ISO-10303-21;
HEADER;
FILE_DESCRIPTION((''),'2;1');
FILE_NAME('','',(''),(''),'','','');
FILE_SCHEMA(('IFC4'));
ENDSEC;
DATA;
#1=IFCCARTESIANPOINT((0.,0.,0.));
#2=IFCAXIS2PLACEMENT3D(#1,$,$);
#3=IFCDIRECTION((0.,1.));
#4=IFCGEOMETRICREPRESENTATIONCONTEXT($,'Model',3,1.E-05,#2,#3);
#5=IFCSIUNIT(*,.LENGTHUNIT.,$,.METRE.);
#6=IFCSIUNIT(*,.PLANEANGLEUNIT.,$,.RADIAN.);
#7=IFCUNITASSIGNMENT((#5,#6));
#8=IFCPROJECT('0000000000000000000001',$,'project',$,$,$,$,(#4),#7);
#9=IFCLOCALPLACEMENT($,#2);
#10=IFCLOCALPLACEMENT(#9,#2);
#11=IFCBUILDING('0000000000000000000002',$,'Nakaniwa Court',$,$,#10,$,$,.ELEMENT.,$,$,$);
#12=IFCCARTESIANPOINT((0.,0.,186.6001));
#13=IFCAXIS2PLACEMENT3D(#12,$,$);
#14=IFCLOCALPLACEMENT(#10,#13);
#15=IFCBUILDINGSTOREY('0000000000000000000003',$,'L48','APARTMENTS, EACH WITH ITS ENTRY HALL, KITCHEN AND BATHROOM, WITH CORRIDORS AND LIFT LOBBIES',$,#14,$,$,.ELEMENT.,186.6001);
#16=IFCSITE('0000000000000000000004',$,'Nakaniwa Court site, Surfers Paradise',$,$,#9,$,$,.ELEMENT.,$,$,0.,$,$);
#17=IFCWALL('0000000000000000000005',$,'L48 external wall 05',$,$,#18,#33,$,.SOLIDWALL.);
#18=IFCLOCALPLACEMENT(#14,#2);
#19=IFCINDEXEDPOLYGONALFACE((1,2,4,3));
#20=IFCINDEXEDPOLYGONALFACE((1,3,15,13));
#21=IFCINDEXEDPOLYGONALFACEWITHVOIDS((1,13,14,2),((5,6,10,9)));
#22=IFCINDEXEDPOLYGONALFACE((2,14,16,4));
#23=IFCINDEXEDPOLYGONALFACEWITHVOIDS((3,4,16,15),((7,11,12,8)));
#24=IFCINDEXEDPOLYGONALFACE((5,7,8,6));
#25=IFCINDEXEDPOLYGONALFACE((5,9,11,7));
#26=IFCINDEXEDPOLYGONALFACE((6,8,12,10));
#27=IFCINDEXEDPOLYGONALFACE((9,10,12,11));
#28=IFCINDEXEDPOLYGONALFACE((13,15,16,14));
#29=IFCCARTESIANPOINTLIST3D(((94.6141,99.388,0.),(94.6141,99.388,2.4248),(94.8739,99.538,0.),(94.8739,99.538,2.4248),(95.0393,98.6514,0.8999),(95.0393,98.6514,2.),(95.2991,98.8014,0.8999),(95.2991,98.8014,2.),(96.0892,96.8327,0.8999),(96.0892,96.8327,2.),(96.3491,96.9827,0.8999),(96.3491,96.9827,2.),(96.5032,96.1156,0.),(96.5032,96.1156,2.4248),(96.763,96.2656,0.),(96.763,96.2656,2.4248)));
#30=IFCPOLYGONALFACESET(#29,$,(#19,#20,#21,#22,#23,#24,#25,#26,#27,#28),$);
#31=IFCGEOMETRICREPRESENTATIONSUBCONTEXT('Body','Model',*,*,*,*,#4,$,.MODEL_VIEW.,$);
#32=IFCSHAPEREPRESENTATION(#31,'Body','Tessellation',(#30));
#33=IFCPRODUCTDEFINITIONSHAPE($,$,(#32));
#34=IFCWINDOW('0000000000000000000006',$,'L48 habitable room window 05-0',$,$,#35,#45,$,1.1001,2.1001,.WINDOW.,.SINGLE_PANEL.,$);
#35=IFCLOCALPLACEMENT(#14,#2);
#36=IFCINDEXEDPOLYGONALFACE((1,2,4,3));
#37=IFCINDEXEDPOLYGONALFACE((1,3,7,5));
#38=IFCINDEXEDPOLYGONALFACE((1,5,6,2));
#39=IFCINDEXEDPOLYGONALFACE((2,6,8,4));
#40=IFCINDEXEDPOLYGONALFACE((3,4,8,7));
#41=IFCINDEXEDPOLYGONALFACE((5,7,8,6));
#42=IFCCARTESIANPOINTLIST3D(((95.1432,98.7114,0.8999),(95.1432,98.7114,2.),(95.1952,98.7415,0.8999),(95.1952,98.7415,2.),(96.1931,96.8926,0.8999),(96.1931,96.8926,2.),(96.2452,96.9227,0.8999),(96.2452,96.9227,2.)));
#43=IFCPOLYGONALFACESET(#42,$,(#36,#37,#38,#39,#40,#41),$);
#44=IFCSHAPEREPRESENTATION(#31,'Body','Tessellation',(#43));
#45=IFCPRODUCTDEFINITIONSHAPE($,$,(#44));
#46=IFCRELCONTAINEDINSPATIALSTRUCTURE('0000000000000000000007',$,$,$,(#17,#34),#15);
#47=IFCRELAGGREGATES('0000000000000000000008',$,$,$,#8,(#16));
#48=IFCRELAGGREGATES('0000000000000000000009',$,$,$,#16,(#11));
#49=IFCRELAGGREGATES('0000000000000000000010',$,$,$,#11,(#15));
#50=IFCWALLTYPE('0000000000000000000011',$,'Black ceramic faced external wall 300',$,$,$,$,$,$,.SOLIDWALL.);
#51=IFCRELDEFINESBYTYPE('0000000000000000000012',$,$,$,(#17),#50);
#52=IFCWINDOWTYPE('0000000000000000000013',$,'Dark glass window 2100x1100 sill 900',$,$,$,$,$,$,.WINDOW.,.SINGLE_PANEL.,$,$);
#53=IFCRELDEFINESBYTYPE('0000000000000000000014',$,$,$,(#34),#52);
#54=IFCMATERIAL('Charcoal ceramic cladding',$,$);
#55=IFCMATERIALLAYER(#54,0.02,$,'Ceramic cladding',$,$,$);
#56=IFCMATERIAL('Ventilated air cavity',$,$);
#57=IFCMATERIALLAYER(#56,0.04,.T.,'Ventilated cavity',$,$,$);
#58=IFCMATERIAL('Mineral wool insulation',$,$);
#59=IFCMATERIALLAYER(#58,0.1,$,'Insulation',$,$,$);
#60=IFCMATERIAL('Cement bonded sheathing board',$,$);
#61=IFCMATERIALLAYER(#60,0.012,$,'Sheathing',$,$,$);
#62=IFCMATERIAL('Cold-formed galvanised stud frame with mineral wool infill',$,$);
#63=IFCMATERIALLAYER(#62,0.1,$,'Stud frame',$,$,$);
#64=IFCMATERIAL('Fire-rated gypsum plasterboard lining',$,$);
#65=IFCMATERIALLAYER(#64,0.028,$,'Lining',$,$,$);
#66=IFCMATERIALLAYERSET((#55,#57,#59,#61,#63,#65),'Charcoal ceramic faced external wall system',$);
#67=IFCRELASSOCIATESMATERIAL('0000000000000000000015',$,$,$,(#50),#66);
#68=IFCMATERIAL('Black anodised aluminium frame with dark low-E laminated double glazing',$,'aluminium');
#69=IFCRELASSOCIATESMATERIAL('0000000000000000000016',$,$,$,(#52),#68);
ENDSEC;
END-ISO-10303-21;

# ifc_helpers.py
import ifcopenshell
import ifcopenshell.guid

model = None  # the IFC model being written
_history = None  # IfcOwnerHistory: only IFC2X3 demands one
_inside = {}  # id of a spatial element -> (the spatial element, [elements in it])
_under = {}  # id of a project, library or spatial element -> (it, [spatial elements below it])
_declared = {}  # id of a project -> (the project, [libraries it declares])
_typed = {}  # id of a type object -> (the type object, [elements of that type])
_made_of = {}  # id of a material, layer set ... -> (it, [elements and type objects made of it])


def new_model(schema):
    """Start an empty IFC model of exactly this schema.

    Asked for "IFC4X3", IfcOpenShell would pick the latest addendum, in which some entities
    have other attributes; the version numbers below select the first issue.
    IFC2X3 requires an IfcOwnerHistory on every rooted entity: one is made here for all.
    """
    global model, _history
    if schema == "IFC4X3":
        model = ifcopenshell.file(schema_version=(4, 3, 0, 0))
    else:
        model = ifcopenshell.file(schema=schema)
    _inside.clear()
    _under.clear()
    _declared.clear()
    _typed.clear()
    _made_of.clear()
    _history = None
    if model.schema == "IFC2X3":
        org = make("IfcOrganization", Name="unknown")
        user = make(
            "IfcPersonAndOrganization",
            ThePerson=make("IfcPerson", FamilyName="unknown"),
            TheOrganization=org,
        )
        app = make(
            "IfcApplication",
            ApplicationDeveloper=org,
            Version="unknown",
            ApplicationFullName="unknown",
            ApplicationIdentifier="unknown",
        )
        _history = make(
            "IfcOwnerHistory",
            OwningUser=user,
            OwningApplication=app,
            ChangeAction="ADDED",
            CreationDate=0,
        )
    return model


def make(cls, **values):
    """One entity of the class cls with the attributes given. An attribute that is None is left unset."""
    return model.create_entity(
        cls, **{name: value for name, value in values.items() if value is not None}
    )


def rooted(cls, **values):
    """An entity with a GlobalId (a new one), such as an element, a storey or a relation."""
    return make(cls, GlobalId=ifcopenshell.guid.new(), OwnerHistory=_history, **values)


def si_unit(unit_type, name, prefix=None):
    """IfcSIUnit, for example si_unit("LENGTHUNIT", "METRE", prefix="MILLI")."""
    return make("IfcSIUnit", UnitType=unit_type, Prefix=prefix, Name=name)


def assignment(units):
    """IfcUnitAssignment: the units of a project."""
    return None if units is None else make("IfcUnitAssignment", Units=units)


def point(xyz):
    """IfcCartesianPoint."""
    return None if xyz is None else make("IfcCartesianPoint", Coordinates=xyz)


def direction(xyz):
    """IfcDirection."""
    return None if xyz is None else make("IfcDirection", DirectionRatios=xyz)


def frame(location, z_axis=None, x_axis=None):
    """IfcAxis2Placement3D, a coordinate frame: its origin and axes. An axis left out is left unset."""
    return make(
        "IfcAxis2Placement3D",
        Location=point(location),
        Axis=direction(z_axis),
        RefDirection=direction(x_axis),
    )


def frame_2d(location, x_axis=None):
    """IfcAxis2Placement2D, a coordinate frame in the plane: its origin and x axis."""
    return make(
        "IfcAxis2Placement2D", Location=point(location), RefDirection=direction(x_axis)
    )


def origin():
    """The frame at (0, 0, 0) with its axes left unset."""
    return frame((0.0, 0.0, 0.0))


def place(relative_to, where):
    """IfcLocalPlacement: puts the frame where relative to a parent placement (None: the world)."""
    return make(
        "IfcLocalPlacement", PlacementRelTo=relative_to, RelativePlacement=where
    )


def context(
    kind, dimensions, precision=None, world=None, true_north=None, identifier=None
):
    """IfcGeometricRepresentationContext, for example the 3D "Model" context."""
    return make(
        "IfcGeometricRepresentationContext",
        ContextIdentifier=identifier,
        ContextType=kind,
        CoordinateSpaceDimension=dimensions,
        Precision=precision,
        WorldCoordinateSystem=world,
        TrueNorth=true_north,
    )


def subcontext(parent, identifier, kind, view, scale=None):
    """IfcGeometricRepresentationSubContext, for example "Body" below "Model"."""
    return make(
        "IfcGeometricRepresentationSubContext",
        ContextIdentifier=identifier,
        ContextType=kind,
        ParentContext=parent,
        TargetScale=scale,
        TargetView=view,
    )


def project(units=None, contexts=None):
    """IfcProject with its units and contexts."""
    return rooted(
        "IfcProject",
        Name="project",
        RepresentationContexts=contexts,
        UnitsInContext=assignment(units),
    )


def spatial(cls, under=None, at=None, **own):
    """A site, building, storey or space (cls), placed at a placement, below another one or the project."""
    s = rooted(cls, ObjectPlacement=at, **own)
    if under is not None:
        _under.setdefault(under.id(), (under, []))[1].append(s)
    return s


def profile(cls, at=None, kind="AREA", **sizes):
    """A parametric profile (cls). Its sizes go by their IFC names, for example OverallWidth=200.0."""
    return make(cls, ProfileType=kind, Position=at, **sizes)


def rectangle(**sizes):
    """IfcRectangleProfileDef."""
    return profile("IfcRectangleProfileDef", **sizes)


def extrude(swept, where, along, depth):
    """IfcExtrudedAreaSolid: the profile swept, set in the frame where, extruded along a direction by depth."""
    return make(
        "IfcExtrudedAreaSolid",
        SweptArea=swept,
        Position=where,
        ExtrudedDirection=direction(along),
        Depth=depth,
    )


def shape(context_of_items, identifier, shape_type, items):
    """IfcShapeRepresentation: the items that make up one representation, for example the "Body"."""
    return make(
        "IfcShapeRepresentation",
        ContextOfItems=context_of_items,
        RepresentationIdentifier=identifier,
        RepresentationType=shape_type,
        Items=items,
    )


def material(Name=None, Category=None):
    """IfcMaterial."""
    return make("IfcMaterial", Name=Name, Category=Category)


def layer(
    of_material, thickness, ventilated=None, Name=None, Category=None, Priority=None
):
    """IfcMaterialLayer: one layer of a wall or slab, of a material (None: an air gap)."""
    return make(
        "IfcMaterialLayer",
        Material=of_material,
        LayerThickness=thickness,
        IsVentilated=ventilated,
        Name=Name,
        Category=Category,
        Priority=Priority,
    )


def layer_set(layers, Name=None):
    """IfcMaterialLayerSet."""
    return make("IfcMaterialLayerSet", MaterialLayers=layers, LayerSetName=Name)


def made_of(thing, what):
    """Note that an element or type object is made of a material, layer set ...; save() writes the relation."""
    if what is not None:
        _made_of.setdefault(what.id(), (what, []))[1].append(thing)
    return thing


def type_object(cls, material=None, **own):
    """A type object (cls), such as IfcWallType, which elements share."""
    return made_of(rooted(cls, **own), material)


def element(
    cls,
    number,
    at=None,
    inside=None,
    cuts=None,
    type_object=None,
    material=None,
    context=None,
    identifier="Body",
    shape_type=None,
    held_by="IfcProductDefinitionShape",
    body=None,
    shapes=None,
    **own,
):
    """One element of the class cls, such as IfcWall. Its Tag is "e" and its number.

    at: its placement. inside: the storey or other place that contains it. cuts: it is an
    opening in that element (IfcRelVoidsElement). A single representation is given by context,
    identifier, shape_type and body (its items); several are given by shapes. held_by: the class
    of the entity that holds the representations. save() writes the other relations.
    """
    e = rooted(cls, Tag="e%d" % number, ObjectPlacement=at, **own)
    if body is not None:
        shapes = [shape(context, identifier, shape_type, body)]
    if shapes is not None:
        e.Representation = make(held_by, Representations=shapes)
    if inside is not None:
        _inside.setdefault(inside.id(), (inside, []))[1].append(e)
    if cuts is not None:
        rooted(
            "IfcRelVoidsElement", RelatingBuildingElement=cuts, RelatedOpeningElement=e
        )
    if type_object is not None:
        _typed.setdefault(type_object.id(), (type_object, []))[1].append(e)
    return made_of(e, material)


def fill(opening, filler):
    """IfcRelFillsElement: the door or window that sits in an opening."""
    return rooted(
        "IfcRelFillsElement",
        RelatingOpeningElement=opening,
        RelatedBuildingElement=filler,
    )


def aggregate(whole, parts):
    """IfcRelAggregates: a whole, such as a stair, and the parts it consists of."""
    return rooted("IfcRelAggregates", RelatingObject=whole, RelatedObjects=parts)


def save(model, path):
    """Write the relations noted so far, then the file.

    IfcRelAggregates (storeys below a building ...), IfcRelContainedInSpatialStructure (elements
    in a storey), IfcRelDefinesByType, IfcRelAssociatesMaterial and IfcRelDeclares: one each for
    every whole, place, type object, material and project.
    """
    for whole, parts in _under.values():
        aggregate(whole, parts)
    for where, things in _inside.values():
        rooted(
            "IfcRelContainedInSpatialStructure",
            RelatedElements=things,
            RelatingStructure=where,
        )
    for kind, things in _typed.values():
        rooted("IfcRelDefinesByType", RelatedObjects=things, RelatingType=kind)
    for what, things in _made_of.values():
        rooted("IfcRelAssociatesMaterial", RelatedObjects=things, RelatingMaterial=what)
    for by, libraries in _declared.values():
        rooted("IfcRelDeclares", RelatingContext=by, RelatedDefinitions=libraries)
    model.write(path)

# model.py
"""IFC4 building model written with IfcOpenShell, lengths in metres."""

from ifc_helpers import new_model, si_unit, direction, frame, frame_2d, origin, place, context, subcontext, project, spatial, rectangle, extrude, material, layer, layer_set, type_object, element, fill, save


model = new_model("IFC4")

# Units and contexts
model_context = context("Model", 3, precision=1e-05, world=origin(), true_north=direction((0.0, 1.0)))
body_context = subcontext(model_context, "Body", "Model", "MODEL_VIEW")
ifc_project = project(units=[si_unit("LENGTHUNIT", "METRE"), si_unit("PLANEANGLEUNIT", "RADIAN")], contexts=[model_context])

# Site, building, storey
site_placement = place(None, origin())
site = spatial("IfcSite", under=ifc_project, at=site_placement, Name="Nakaniwa Court site, Surfers Paradise", CompositionType="ELEMENT", RefElevation=0.0)
building_placement = place(site_placement, origin())
building = spatial("IfcBuilding", under=site, at=building_placement, Name="Nakaniwa Court", CompositionType="ELEMENT")
storey_placement = place(building_placement, frame((0.0, 0.0, 186.6001)))
storey = spatial("IfcBuildingStorey", under=building, at=storey_placement, Name="L48", Description="APARTMENTS, EACH WITH ITS ENTRY HALL, KITCHEN AND BATHROOM, WITH CORRIDORS AND LIFT LOBBIES", CompositionType="ELEMENT", Elevation=186.6001)

# Wall, opening, window
ifc_material_1 = material(Name="Charcoal ceramic cladding")
ifc_layer_1 = layer(ifc_material_1, 0.02, Name="Ceramic cladding")
ifc_material_2 = material(Name="Ventilated air cavity")
ifc_layer_2 = layer(ifc_material_2, 0.04, ventilated=True, Name="Ventilated cavity")
ifc_material_3 = material(Name="Mineral wool insulation")
ifc_layer_3 = layer(ifc_material_3, 0.1, Name="Insulation")
ifc_material_4 = material(Name="Cement bonded sheathing board")
ifc_layer_4 = layer(ifc_material_4, 0.012, Name="Sheathing")
ifc_material_5 = material(Name="Cold-formed galvanised stud frame with mineral wool infill")
ifc_layer_5 = layer(ifc_material_5, 0.1, Name="Stud frame")
ifc_material_6 = material(Name="Fire-rated gypsum plasterboard lining")
ifc_layer_6 = layer(ifc_material_6, 0.028, Name="Lining")
ifc_layer_set_1 = layer_set([ifc_layer_1, ifc_layer_2, ifc_layer_3, ifc_layer_4, ifc_layer_5, ifc_layer_6], Name="Charcoal ceramic faced external wall system")
wall_type_1 = type_object("IfcWallType", Name="Black ceramic faced external wall 300", PredefinedType="SOLIDWALL", material=ifc_layer_set_1)
wall_1_placement = place(storey_placement, frame((96.6331, 96.1907, 0.0), z_axis=(0.0, 0.0, 1.0), x_axis=(-0.499961, 0.866048, 0.0)))
wall_1 = element("IfcWall", 1, at=wall_1_placement, inside=storey, type_object=wall_type_1, Name="L48 external wall 05", PredefinedType="SOLIDWALL", context=body_context, shape_type="SweptSolid", body=[
    extrude(rectangle(XDim=3.7786, YDim=0.3, at=frame_2d((1.8892, 0.0))), origin(), (0.0, 0.0, 1.0), 2.4248),
])
opening_1_placement = place(wall_1_placement, frame((0.8279, 0.0, 0.8999)))
opening_1 = element("IfcOpeningElement", 2, at=opening_1_placement, cuts=wall_1, PredefinedType="OPENING", context=body_context, shape_type="SweptSolid", body=[
    extrude(rectangle(XDim=2.1001, YDim=1.1001, at=frame_2d((1.05, 0.55))), frame((0.0, 0.1599, 0.0), z_axis=(0.0, -1.0, 0.0), x_axis=(1.0, 0.0, 0.0)), (0.0, 0.0, 1.0), 0.3201),
])
ifc_material_7 = material(Name="Black anodised aluminium frame with dark low-E laminated double glazing", Category="aluminium")
window_type = type_object("IfcWindowType", Name="Dark glass window 2100x1100 sill 900", PartitioningType="SINGLE_PANEL", PredefinedType="WINDOW", material=ifc_material_7)
window_placement = place(opening_1_placement, origin())
window = element("IfcWindow", 3, at=window_placement, inside=storey, type_object=window_type, Name="L48 habitable room window 05-0", OverallHeight=1.1001, OverallWidth=2.1001, PartitioningType="SINGLE_PANEL", PredefinedType="WINDOW", context=body_context, shape_type="SweptSolid", body=[
    extrude(rectangle(XDim=2.1001, YDim=1.1001, at=frame_2d((1.05, 0.55))), frame((0.0, 0.03, 0.0), z_axis=(0.0, -1.0, 0.0), x_axis=(1.0, 0.0, 0.0)), (0.0, 0.0, 1.0), 0.0601),
])
fill(opening_1, window)

save(model, "model.ifc")
